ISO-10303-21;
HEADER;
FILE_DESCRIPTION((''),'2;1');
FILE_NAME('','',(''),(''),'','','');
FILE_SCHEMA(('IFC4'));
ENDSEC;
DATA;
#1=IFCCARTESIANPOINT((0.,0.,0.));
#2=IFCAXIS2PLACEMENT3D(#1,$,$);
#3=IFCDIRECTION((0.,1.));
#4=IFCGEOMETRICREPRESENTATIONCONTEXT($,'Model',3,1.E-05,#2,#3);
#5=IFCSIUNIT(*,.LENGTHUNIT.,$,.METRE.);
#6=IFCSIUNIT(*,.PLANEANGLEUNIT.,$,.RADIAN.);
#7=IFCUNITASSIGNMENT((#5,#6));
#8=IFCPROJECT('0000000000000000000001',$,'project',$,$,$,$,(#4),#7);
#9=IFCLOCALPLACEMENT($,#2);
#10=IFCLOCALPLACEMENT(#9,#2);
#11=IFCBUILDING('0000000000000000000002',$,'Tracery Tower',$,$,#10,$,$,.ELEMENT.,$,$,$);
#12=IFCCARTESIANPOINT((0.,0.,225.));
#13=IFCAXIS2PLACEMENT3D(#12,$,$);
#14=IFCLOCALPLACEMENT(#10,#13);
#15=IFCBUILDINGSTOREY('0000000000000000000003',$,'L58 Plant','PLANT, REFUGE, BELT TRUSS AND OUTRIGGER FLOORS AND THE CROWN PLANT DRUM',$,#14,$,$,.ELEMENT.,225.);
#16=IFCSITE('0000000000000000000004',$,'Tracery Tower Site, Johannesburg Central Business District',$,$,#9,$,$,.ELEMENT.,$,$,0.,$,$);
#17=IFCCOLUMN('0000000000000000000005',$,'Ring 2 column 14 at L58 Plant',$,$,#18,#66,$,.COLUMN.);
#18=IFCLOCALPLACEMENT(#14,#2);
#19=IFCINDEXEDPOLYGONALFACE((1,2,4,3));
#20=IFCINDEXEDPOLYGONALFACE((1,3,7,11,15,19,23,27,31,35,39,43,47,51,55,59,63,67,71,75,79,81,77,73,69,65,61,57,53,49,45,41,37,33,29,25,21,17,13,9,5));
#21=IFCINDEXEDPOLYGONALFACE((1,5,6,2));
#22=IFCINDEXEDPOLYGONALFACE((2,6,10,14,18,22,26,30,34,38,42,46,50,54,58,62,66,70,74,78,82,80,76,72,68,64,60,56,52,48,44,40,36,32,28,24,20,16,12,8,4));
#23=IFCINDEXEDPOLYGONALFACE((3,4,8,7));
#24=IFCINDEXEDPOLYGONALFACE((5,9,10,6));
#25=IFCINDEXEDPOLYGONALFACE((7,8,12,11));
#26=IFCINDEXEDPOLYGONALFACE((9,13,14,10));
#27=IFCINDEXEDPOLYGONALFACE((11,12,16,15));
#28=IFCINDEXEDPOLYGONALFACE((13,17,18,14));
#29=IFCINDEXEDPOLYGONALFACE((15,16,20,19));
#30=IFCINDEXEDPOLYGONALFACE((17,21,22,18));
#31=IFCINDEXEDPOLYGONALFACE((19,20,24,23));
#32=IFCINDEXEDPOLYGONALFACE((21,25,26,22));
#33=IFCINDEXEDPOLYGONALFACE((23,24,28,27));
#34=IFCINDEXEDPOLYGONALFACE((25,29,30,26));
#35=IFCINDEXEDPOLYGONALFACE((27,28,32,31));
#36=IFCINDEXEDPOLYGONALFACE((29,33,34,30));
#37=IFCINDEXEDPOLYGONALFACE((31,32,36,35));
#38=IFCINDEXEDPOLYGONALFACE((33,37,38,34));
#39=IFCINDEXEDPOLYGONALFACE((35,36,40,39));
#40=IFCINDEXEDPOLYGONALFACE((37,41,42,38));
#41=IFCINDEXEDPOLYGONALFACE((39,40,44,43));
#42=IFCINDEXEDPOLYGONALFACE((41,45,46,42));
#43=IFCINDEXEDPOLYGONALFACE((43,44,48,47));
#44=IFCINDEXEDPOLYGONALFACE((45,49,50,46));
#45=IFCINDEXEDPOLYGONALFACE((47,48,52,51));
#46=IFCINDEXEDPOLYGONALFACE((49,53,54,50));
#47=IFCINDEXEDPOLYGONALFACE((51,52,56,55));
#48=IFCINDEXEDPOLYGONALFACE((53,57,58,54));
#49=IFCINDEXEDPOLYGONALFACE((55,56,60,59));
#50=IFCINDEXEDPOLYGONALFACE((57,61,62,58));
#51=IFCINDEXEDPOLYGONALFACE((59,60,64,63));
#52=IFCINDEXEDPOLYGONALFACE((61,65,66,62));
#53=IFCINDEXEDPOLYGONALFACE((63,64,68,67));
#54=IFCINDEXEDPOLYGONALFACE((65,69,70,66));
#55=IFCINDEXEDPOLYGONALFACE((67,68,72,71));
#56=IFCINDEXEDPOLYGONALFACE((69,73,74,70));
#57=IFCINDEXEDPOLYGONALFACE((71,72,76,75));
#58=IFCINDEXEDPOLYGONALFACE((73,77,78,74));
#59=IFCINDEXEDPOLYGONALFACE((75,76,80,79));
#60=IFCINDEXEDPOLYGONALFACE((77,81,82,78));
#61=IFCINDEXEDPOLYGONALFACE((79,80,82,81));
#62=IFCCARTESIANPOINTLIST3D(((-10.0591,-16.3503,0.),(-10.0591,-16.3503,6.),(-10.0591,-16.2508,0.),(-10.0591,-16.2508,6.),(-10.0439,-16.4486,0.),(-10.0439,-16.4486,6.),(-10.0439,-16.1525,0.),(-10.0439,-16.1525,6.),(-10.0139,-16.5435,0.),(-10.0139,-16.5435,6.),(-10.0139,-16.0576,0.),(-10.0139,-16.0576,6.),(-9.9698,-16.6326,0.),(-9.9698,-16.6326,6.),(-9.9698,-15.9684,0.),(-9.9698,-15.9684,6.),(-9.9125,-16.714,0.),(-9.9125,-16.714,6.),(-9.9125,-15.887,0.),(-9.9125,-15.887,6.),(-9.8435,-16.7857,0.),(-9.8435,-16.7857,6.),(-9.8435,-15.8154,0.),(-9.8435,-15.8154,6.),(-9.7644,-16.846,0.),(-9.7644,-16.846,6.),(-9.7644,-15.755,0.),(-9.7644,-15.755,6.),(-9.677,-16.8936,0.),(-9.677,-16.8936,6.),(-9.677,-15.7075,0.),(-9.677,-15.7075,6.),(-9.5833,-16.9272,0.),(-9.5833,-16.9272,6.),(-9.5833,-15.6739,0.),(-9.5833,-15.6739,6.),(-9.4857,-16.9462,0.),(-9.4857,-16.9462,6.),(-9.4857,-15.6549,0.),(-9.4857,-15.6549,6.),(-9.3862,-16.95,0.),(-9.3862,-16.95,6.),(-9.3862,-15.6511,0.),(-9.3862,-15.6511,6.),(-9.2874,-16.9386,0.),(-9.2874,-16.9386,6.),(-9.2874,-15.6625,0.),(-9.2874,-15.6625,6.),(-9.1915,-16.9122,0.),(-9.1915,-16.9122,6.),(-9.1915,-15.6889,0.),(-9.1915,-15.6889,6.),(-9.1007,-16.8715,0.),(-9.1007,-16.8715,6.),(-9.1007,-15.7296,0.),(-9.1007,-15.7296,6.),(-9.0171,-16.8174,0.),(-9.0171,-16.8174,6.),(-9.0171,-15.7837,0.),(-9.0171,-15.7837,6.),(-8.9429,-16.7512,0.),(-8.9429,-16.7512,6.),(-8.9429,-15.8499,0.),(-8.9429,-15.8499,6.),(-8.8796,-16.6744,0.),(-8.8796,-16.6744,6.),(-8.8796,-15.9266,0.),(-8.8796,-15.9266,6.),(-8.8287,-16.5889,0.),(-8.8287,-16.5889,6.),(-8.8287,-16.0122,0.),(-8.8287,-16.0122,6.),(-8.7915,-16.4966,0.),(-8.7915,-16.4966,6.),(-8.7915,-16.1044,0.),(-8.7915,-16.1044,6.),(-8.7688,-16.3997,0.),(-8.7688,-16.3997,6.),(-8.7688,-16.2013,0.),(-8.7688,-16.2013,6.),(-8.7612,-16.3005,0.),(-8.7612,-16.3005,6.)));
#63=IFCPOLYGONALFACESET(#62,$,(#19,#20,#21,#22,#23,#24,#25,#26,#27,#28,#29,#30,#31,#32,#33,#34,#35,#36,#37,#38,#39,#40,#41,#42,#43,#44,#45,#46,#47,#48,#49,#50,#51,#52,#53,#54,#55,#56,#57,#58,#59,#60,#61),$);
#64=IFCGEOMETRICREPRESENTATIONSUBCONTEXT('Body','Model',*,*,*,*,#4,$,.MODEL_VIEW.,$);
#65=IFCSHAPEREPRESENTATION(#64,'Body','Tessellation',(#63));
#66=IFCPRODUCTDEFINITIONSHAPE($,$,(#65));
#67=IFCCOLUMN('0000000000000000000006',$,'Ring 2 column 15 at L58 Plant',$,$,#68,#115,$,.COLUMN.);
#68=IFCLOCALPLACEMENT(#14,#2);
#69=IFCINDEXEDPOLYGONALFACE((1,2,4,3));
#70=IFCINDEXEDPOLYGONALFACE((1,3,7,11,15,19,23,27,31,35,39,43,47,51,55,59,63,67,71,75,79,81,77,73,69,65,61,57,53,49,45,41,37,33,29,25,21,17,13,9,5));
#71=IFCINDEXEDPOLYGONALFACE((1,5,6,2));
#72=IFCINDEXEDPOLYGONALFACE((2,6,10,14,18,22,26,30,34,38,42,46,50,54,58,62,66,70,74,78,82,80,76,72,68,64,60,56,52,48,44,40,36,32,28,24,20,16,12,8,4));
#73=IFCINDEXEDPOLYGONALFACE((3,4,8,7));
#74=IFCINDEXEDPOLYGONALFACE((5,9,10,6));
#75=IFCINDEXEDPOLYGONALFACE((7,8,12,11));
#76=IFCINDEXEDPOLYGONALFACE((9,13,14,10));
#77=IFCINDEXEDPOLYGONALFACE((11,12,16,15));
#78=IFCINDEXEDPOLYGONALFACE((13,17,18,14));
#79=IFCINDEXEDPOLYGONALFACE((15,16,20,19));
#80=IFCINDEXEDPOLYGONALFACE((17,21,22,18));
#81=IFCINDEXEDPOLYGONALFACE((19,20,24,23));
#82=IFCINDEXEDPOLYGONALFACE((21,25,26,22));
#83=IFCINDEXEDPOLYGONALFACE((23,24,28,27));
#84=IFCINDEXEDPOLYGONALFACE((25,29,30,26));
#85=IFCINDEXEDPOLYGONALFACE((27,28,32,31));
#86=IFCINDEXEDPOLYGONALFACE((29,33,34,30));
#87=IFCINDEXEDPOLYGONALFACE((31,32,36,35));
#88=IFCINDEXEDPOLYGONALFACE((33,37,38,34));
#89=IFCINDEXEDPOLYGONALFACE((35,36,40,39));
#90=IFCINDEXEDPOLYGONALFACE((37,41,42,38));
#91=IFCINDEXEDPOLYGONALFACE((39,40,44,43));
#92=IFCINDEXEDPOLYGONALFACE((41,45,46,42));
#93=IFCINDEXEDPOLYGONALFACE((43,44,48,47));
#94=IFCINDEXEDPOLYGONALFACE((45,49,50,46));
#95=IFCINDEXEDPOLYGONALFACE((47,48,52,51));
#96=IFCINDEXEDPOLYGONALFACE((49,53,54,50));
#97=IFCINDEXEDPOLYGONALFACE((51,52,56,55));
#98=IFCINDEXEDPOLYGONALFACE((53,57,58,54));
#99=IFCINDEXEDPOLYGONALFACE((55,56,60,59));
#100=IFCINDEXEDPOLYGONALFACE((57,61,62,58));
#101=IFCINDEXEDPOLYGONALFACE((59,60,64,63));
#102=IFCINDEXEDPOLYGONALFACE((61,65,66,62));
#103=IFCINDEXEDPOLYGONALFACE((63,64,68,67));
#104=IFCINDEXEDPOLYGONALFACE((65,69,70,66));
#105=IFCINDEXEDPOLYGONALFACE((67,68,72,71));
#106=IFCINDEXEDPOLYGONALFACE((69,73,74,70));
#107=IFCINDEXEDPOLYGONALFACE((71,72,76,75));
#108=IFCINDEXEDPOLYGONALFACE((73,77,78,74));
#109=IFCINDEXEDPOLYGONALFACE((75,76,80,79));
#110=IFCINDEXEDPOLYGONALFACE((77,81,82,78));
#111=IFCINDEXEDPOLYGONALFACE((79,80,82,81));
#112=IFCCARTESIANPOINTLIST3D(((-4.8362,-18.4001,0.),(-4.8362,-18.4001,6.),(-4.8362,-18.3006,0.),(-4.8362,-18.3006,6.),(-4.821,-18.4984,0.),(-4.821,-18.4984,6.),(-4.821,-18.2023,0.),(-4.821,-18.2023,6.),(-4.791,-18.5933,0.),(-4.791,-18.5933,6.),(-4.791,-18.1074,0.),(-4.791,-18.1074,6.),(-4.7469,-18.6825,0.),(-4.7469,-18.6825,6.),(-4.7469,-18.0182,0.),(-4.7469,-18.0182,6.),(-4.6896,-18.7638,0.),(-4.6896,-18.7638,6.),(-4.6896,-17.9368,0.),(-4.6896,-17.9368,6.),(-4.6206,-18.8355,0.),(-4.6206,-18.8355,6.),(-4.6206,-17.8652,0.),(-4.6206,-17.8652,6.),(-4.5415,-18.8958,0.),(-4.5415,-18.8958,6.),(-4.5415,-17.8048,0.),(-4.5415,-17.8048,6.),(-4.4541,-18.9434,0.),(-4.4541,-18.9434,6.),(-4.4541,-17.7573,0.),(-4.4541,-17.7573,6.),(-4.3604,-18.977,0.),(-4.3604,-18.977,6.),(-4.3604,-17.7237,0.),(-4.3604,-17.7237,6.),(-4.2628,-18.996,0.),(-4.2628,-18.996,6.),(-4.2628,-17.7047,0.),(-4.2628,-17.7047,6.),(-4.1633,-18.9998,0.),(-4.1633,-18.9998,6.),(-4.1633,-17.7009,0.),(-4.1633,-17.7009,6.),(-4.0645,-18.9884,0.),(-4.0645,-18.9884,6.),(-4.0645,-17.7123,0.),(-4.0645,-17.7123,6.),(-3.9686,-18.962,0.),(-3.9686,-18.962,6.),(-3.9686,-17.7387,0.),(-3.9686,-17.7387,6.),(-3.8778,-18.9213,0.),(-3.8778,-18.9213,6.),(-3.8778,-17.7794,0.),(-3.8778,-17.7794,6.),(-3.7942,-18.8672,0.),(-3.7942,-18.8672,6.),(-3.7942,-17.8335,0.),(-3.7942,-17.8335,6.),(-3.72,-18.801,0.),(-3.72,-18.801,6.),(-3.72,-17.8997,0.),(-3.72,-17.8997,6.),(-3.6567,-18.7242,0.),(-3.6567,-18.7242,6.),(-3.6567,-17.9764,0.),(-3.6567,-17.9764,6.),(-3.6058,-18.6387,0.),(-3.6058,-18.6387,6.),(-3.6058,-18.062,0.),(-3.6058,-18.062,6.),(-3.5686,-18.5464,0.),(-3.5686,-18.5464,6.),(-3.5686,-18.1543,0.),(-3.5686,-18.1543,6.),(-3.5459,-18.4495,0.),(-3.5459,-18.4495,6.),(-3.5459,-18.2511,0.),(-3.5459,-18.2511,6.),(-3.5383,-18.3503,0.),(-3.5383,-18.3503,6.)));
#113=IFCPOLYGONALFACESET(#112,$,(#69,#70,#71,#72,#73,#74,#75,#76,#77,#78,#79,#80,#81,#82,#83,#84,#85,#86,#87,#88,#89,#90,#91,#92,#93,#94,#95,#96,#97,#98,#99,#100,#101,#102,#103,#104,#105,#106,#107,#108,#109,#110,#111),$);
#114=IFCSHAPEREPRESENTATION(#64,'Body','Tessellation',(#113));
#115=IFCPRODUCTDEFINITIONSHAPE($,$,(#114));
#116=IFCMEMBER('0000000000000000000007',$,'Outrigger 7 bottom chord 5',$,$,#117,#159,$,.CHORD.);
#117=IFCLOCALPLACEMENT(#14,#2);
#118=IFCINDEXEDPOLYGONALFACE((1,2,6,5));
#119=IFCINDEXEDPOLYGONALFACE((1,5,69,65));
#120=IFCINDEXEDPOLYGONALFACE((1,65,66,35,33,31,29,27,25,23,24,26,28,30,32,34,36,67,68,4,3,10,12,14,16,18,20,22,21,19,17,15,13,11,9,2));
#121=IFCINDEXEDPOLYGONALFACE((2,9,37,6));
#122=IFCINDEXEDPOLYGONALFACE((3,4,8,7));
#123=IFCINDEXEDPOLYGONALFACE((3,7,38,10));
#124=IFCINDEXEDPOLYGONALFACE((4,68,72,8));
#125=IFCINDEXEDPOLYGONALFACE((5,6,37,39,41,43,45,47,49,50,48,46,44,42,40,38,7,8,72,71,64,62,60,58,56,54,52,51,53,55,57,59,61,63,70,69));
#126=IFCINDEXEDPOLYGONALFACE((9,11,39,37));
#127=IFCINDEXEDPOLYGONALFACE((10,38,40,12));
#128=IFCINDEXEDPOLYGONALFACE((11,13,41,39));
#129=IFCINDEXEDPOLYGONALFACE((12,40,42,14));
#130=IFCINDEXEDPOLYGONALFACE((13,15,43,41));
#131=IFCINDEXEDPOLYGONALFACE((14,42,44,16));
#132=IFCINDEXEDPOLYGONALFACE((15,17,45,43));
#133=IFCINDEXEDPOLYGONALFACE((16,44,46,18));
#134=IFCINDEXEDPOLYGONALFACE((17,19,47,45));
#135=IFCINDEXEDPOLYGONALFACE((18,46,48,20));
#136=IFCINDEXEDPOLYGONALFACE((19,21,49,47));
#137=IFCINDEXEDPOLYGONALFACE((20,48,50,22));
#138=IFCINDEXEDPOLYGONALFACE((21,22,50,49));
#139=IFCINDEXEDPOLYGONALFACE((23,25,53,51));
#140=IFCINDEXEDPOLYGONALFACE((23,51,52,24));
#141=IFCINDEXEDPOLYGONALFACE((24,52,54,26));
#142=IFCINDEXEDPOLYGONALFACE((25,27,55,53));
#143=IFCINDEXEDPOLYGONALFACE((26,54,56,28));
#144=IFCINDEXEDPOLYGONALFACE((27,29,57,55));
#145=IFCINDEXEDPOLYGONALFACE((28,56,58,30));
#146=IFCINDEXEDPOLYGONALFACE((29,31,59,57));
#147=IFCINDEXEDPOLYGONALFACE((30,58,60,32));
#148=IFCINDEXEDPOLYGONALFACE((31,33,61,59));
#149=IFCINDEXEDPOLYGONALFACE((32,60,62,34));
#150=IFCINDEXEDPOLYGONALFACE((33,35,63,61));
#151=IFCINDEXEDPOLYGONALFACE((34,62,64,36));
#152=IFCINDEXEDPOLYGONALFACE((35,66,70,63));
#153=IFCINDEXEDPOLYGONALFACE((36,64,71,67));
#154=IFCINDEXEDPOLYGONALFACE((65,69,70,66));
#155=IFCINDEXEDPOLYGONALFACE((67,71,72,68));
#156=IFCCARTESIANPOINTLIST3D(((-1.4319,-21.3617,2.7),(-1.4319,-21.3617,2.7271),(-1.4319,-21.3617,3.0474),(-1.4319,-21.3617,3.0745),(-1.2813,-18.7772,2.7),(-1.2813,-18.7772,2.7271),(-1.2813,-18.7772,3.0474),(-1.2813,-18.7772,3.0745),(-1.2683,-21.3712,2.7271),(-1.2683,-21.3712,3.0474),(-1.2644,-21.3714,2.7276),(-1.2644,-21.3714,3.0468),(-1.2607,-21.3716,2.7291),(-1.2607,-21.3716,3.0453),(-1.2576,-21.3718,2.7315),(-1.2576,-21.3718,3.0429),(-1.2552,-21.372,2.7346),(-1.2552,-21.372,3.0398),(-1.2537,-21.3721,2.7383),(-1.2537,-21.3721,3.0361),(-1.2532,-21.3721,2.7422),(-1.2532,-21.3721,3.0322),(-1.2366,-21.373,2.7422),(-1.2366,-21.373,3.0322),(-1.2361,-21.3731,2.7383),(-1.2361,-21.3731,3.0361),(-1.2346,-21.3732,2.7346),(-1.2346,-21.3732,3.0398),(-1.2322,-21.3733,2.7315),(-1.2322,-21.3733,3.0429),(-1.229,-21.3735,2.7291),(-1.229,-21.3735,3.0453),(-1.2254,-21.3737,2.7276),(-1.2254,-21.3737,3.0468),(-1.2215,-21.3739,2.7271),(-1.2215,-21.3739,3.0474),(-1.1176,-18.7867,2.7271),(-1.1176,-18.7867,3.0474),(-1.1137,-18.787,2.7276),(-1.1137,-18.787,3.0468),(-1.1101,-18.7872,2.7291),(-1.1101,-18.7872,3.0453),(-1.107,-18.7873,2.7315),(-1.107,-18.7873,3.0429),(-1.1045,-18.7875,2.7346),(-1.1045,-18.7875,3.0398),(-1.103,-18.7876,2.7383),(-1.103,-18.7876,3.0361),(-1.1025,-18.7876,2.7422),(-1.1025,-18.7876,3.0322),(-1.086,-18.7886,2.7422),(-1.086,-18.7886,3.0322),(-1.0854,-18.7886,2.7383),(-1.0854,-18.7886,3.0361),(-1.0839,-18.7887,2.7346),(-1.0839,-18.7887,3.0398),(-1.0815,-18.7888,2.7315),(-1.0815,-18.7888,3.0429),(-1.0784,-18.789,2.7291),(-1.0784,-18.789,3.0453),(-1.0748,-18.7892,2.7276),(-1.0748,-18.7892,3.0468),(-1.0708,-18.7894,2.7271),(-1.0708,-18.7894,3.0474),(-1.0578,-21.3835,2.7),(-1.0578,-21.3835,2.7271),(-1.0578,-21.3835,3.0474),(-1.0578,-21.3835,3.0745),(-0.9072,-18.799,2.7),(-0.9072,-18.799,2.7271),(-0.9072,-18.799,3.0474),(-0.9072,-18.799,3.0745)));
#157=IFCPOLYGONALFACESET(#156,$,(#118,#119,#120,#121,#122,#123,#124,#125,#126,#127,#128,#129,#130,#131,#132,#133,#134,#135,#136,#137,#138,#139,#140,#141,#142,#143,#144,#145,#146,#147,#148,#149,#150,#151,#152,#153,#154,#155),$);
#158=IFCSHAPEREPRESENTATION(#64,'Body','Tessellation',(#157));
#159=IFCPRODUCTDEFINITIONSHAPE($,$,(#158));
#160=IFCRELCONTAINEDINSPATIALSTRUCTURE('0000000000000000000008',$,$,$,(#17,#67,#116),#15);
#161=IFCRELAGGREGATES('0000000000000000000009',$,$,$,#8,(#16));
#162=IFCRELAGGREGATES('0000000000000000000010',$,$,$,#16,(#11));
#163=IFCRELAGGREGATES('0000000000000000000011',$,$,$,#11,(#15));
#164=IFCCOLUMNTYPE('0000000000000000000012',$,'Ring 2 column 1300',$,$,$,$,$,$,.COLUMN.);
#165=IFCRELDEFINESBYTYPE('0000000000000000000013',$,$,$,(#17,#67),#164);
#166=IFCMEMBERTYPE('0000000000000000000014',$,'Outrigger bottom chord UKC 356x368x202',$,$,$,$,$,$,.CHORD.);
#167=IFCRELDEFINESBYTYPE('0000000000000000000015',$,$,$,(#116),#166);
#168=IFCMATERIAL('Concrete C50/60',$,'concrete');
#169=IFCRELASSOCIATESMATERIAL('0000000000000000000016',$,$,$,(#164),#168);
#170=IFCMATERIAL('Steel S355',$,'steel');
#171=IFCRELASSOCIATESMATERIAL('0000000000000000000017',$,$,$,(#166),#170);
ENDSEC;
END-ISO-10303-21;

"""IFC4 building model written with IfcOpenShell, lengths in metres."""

from ifc_helpers import new_model, si_unit, direction, frame, origin, origin_2d, place, context, subcontext, project, spatial, circle, i_section, extrude, material, material_profile, profile_set, type_object, element, save


model = new_model("IFC4")

# Units and contexts
model_context = context("Model", 3, precision=1e-05, world=origin(), true_north=direction((0.0, 1.0)))
body_context = subcontext(model_context, "Body", "Model", "MODEL_VIEW")
ifc_project = project(units=[si_unit("LENGTHUNIT", "METRE"), si_unit("PLANEANGLEUNIT", "RADIAN")], contexts=[model_context])

# Site, building, storey
site_placement = place(None, origin())
site = spatial("IfcSite", under=ifc_project, at=site_placement, Name="Tracery Tower Site, Johannesburg Central Business District", CompositionType="ELEMENT", RefElevation=0.0)
building_placement = place(site_placement, origin())
building = spatial("IfcBuilding", under=site, at=building_placement, Name="Tracery Tower", CompositionType="ELEMENT")
storey_placement = place(building_placement, frame((0.0, 0.0, 225.0)))
storey = spatial("IfcBuildingStorey", under=building, at=storey_placement, Name="L58 Plant", Description="PLANT, REFUGE, BELT TRUSS AND OUTRIGGER FLOORS AND THE CROWN PLANT DRUM", CompositionType="ELEMENT", Elevation=225.0)

# Columns
ifc_material_1 = material(Name="Concrete C50/60", Category="concrete")
ifc_material_profile_1 = material_profile(ifc_material_1, circle(Radius=0.6499, at=origin_2d()), Name="RC D1300")
ifc_profile_set_1 = profile_set([ifc_material_profile_1], Name="Concrete C50/60")
column_type = type_object("IfcColumnType", Name="Ring 2 column 1300", PredefinedType="COLUMN", material=ifc_profile_set_1)
for number, where, z_axis, x_axis, name in (
    (1, (-9.4111, -16.3005, 0.0), (0.0, 0.0, 1.0), (1.0, 0.0, 0.0), "Ring 2 column 14 at L58 Plant"),
    (2, (-4.1882, -18.3503, 0.0), (0.0, 0.0, 1.0), (1.0, 0.0, 0.0), "Ring 2 column 15 at L58 Plant"),
):
    element("IfcColumn", number, at=place(storey_placement, frame(where, z_axis=z_axis, x_axis=x_axis)), inside=storey, type_object=column_type, Name=name, PredefinedType="COLUMN", context=body_context, shape_type="SweptSolid", body=[
        extrude(circle(Radius=0.6499, at=origin_2d()), origin(), (0.0, 0.0, 1.0), 6.0),
    ])

# Member
ifc_material_2 = material(Name="Steel S355", Category="steel")
ifc_material_profile_2 = material_profile(ifc_material_2, i_section(OverallWidth=0.3748, OverallDepth=0.3745, WebThickness=0.0166, FlangeThickness=0.0271, FilletRadius=0.0151, at=origin_2d()), Name="UKC 356x368x202")
ifc_profile_set_2 = profile_set([ifc_material_profile_2], Name="Steel S355")
member_type_1 = type_object("IfcMemberType", Name="Outrigger bottom chord UKC 356x368x202", PredefinedType="CHORD", material=ifc_profile_set_2)
member_1_placement = place(storey_placement, frame((-1.0942, -18.7881, 2.8872), z_axis=(-0.058186, -0.998306, 0.0), x_axis=(0.998306, -0.058186, 0.0)))
element("IfcMember", 3, at=member_1_placement, inside=storey, type_object=member_type_1, Name="Outrigger 7 bottom chord 5", PredefinedType="CHORD", context=body_context, shape_type="SweptSolid", body=[
    extrude(i_section(OverallWidth=0.3748, OverallDepth=0.3745, WebThickness=0.0166, FlangeThickness=0.0271, FilletRadius=0.0151, at=origin_2d()), origin(), (0.0, 0.0, 1.0), 2.5889),
])

save(model, "model.ifc")
